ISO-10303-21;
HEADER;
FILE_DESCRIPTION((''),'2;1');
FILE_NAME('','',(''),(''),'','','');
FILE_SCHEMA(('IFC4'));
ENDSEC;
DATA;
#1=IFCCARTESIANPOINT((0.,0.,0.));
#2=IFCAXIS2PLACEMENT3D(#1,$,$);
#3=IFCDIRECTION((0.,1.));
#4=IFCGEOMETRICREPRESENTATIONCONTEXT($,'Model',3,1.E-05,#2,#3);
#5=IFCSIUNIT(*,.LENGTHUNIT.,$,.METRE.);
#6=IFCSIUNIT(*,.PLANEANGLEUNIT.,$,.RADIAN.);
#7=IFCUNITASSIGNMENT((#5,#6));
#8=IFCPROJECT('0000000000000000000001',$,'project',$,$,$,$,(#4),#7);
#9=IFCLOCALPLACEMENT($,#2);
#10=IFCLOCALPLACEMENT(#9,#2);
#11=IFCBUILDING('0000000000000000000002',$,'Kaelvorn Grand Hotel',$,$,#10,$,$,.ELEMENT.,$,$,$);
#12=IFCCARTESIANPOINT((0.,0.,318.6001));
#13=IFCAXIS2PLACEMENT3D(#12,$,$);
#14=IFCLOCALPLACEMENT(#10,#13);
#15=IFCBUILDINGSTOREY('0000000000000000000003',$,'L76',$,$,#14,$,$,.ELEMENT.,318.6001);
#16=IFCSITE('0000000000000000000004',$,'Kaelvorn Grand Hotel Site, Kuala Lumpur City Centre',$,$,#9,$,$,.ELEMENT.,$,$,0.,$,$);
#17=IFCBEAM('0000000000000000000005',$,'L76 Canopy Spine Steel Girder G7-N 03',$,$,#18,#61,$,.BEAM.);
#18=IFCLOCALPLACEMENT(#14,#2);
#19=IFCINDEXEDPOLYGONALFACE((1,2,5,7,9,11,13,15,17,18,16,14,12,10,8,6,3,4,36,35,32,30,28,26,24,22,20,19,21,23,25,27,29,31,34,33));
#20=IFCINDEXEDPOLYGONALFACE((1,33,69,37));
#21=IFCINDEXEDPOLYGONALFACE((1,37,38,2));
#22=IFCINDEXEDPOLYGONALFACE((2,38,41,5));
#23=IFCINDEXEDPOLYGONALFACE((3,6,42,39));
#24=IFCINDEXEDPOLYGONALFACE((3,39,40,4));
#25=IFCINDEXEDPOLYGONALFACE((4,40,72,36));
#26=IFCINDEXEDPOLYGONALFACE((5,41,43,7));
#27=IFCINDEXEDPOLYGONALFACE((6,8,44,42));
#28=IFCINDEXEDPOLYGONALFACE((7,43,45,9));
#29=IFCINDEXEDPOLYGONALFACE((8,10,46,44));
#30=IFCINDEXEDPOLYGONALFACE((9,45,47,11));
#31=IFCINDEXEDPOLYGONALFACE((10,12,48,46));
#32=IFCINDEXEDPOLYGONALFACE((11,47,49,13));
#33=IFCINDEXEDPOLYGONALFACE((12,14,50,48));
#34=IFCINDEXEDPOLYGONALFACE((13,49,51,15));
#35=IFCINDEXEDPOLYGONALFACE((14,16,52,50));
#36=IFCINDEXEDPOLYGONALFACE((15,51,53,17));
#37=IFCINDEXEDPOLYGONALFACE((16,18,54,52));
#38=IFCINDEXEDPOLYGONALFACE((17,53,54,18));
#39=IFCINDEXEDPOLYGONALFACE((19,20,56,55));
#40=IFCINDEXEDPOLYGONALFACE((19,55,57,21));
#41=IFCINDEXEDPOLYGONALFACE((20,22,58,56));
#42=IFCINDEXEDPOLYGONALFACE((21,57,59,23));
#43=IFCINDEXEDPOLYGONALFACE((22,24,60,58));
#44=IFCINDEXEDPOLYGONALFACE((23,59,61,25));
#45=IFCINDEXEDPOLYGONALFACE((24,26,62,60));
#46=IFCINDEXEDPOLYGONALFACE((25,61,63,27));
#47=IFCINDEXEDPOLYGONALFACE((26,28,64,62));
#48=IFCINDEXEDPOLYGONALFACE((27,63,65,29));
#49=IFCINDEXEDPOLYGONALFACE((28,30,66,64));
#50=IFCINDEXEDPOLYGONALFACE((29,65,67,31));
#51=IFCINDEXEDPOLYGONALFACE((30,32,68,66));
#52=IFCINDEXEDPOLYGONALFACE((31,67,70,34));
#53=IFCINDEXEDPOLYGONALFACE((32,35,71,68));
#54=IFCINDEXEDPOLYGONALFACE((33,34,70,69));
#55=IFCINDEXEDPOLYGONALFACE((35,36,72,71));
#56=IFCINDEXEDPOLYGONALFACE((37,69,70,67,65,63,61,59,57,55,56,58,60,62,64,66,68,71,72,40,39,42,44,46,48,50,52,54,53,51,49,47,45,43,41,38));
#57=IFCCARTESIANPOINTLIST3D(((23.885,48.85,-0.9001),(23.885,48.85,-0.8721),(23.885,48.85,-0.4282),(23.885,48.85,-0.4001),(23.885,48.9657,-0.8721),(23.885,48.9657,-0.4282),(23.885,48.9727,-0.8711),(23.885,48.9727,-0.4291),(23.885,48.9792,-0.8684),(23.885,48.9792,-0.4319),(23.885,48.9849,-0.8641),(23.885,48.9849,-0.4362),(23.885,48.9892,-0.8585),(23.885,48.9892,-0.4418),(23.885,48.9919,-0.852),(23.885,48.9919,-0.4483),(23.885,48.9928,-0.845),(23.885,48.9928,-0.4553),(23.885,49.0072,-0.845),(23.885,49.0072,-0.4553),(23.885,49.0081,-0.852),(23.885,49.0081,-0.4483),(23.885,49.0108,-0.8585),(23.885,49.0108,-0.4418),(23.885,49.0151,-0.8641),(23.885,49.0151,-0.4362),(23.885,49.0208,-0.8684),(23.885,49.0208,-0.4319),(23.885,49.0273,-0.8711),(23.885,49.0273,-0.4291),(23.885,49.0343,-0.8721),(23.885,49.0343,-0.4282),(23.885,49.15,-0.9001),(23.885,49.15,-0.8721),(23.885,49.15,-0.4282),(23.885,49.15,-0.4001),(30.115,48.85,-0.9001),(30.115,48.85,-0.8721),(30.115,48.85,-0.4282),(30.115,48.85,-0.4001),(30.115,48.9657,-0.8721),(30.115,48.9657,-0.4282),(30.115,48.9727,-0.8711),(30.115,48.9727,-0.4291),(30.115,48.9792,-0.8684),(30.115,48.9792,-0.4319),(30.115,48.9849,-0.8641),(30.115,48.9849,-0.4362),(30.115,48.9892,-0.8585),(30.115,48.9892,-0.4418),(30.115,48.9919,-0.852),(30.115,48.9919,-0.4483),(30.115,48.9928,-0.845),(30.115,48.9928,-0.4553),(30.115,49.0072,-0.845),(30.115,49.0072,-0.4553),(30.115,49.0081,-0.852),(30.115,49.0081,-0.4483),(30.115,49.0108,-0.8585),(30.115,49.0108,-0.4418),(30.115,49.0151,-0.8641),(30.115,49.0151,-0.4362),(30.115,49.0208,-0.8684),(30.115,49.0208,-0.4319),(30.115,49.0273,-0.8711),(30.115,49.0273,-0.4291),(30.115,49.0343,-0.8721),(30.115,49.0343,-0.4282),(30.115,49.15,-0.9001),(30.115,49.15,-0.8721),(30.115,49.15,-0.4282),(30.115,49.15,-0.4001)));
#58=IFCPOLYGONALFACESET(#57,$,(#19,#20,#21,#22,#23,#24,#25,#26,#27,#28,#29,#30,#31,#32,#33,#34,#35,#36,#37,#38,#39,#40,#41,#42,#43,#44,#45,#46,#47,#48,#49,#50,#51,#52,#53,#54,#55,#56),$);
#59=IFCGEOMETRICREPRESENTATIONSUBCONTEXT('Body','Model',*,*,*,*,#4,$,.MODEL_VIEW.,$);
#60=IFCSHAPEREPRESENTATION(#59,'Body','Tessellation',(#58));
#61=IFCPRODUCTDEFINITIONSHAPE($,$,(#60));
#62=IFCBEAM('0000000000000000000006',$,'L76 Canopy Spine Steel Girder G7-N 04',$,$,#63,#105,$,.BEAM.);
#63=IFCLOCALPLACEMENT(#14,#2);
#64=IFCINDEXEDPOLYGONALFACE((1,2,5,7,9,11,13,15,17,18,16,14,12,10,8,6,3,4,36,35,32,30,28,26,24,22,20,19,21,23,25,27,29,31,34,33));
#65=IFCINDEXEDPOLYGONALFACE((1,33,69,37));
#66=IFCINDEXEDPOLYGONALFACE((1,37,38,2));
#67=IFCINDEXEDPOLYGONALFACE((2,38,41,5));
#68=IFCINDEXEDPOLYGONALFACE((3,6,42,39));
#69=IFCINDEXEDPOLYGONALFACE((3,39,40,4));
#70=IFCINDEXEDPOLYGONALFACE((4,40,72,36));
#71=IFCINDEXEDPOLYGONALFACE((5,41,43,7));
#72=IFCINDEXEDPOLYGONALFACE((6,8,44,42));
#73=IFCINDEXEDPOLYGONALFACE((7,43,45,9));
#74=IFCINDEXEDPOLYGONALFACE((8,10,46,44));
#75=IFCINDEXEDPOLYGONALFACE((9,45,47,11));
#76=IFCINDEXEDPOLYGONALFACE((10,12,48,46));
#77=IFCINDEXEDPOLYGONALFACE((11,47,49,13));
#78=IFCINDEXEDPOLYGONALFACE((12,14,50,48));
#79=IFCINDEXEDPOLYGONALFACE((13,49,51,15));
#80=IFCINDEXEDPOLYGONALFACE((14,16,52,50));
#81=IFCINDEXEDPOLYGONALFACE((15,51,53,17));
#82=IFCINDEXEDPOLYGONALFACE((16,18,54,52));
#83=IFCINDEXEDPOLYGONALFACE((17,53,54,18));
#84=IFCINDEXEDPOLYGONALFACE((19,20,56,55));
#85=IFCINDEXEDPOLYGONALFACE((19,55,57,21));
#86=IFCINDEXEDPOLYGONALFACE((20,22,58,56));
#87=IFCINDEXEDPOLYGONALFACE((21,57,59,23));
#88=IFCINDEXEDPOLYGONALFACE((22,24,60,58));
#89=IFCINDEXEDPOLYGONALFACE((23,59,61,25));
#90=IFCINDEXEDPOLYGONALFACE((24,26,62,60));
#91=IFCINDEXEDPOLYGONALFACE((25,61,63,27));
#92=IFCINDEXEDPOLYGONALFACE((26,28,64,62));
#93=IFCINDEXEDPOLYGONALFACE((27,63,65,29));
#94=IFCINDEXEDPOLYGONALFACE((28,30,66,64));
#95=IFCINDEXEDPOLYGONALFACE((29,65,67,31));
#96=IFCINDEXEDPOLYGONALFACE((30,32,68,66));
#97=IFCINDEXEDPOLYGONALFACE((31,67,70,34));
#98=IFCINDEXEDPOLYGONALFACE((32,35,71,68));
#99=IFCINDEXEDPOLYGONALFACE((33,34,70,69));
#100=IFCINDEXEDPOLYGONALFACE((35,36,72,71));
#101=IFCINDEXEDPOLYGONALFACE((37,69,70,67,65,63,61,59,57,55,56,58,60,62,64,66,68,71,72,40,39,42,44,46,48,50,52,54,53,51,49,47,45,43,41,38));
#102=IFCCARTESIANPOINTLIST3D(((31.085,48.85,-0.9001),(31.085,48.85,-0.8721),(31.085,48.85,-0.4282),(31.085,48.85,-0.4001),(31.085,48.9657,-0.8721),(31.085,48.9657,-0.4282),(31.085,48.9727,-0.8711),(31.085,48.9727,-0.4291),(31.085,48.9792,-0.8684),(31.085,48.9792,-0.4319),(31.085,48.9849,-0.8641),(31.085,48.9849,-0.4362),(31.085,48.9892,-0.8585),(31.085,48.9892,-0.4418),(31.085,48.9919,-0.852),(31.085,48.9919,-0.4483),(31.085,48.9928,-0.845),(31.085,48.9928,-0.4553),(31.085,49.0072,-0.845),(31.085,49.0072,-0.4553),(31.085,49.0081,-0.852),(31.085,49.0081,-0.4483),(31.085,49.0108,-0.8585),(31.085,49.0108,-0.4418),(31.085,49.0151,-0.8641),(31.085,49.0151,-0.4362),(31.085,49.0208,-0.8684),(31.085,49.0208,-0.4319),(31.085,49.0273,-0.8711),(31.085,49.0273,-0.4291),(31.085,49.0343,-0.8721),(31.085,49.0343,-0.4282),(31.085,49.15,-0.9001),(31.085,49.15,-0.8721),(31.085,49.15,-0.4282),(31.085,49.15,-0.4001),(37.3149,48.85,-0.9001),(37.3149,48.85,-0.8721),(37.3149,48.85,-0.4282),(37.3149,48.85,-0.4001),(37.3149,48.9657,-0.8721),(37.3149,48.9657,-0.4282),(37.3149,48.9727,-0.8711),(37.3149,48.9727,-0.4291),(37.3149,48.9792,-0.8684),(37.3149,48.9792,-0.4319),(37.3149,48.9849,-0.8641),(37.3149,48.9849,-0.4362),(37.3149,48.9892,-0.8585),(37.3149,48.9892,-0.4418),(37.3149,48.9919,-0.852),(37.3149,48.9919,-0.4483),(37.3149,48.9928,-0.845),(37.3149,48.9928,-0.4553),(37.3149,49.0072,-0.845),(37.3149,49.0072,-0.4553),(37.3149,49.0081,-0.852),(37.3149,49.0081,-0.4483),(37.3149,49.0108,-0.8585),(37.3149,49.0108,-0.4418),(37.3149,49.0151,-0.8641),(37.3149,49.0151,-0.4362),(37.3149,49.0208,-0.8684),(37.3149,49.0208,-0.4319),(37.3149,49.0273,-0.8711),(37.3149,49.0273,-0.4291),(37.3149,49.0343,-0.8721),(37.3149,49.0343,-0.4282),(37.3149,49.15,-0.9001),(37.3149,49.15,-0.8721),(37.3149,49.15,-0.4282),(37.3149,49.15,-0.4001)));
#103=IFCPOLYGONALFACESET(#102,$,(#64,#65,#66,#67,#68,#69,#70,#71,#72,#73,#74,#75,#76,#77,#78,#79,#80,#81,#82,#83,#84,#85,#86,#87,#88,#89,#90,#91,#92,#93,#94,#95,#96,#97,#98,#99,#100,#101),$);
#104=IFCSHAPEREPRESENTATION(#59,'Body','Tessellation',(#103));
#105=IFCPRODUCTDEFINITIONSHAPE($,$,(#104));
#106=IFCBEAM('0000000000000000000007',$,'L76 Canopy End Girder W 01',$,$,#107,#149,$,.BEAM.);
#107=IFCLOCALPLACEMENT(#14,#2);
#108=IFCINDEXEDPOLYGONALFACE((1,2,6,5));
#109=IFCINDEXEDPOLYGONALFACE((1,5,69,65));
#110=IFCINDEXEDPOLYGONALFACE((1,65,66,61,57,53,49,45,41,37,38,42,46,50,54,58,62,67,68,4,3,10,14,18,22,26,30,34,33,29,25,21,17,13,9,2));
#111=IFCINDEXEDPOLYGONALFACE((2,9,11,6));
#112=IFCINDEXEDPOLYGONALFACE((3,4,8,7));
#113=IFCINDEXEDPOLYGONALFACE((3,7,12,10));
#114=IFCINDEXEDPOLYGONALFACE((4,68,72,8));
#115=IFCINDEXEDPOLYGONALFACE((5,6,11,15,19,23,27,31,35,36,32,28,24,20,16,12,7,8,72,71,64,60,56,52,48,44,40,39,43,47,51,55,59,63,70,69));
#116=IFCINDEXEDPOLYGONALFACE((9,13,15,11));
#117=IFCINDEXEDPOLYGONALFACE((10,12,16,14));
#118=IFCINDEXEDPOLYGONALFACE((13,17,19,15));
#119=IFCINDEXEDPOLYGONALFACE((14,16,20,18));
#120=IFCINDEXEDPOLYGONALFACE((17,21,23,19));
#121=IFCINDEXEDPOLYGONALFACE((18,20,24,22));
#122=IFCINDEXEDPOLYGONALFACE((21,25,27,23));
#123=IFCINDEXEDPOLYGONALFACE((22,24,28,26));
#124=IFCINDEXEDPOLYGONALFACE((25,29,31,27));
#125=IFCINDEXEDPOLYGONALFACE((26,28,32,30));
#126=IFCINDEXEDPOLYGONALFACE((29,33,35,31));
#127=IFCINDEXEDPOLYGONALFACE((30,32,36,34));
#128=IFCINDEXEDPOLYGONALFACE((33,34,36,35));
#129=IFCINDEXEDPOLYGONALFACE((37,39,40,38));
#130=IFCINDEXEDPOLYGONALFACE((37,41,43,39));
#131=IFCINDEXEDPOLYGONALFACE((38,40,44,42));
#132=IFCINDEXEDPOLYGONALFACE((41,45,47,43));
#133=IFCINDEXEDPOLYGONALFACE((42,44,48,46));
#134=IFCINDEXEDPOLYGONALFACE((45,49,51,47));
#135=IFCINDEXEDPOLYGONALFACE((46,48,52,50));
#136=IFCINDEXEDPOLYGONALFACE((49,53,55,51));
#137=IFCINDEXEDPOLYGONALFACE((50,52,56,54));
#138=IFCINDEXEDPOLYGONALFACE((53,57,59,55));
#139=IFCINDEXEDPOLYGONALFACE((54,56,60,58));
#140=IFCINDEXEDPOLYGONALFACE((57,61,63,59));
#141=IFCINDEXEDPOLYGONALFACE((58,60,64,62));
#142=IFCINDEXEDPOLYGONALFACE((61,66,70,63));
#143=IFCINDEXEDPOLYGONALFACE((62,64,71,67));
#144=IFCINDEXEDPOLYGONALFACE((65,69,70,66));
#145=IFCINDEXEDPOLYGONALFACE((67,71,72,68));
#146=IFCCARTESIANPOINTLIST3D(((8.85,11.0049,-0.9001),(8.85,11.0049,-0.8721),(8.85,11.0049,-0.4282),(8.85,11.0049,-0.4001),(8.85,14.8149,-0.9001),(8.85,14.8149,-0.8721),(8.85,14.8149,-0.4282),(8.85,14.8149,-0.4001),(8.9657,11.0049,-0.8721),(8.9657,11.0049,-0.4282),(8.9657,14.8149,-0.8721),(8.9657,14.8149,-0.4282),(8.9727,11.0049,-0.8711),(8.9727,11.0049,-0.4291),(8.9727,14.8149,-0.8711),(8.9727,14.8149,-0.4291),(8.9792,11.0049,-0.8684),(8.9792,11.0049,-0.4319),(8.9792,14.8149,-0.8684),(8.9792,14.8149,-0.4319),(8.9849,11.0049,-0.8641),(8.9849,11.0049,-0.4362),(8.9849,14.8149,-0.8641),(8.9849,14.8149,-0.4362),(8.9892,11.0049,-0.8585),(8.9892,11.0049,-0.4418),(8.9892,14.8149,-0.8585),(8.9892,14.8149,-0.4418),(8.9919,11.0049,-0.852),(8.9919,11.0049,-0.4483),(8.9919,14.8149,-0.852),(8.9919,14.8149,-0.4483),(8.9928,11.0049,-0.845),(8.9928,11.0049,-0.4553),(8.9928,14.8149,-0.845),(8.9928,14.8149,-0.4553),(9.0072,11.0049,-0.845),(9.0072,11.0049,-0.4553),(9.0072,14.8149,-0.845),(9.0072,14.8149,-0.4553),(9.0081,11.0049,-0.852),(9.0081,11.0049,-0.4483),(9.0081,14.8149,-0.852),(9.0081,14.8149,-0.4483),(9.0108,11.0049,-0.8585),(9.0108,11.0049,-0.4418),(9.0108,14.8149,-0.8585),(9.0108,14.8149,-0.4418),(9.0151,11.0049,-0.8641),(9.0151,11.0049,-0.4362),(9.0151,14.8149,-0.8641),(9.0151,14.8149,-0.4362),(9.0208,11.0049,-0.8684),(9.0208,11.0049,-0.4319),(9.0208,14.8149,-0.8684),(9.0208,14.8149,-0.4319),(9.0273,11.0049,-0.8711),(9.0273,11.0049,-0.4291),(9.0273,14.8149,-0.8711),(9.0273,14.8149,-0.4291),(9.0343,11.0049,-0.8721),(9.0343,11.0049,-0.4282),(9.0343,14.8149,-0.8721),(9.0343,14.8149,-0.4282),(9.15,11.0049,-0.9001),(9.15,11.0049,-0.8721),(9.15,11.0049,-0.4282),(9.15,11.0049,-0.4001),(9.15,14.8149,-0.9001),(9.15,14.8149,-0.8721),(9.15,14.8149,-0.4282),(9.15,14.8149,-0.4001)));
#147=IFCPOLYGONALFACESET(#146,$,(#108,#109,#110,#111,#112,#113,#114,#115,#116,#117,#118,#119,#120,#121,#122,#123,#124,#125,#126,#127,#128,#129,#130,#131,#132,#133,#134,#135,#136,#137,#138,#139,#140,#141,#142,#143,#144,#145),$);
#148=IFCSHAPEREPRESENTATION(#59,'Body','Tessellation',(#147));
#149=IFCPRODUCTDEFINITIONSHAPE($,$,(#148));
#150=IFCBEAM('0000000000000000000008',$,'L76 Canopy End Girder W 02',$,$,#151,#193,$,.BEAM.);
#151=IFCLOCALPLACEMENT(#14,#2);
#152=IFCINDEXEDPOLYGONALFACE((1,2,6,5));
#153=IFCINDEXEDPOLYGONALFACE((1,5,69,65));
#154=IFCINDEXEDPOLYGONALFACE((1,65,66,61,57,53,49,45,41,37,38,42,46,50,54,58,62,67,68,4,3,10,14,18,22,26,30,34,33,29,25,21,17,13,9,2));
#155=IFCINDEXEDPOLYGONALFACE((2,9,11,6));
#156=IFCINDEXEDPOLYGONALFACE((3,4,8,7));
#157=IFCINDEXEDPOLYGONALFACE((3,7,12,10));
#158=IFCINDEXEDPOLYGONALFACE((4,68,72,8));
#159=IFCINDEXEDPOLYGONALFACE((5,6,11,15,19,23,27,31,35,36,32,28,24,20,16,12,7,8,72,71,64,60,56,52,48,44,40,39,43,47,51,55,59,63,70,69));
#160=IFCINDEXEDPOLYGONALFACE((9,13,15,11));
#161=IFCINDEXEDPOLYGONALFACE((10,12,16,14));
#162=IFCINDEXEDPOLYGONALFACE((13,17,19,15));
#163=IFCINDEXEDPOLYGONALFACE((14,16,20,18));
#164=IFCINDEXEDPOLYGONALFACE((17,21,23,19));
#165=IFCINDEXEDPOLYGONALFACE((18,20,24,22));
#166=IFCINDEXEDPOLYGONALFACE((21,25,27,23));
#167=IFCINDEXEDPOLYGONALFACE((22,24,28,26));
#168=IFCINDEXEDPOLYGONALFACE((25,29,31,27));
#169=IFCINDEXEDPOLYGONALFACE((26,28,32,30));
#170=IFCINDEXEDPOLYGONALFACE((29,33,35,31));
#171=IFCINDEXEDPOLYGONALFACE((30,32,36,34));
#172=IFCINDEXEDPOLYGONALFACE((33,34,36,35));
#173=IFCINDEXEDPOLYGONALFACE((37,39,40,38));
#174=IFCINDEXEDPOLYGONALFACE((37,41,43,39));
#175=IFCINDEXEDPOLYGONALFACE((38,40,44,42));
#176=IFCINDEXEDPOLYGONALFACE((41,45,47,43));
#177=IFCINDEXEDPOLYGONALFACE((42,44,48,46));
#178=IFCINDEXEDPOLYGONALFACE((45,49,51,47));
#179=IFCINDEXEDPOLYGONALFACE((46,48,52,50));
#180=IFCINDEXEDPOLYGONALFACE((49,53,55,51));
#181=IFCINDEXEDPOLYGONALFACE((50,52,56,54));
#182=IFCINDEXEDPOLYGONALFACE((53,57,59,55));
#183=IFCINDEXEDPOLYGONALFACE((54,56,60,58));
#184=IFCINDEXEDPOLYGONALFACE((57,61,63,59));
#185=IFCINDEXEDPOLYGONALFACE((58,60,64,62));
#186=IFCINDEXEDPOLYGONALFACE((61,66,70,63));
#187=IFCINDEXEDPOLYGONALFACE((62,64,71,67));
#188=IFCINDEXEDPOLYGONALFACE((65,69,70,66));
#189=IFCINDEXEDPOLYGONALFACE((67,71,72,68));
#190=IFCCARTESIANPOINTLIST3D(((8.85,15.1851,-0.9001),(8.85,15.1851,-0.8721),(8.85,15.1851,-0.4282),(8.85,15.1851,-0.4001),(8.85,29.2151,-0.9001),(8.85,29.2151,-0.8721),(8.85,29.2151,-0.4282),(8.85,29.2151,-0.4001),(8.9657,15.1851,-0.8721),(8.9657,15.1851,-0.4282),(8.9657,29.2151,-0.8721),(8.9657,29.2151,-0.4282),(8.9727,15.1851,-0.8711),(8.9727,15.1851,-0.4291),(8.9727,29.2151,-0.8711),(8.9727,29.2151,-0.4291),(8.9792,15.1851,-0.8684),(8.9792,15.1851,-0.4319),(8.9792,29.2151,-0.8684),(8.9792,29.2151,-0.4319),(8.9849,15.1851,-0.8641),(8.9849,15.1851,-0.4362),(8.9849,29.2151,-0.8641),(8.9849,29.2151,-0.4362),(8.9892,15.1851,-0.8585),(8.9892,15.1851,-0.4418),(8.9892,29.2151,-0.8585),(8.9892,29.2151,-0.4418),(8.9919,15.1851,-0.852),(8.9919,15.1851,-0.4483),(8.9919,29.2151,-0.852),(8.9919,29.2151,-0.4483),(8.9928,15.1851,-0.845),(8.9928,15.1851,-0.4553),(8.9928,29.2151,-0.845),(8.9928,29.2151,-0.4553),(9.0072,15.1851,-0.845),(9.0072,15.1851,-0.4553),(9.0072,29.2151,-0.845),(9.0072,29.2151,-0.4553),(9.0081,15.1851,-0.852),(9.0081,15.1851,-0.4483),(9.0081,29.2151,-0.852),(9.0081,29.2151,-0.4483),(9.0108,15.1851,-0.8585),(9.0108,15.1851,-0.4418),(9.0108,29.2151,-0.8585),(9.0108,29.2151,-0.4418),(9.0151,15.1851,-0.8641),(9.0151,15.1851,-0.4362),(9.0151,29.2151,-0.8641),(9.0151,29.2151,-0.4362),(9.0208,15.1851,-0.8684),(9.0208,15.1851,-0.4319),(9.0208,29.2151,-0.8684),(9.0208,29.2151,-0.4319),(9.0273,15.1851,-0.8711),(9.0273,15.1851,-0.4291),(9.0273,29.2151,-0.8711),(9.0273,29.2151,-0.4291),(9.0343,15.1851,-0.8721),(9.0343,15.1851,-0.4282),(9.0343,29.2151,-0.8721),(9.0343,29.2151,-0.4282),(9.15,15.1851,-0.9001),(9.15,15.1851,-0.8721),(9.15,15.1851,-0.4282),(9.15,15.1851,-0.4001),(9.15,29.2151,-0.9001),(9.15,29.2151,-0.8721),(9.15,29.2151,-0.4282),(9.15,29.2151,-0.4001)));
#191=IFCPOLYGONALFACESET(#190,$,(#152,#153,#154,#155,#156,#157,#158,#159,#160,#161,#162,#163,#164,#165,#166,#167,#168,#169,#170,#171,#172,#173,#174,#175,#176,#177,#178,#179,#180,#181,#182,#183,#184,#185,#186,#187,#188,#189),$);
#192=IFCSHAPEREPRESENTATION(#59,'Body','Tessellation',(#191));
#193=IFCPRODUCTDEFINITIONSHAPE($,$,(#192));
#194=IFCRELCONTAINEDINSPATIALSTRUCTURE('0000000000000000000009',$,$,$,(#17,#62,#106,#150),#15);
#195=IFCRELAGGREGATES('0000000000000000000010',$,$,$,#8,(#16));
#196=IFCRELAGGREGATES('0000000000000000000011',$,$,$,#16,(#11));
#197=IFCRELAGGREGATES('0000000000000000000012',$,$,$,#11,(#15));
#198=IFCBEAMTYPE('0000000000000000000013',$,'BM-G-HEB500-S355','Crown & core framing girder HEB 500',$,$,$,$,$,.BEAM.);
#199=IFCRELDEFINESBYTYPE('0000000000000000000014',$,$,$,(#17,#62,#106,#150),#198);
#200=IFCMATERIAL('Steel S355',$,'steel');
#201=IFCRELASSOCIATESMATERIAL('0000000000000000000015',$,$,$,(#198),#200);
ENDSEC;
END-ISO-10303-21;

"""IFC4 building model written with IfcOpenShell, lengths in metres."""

from ifc_helpers import new_model, si_unit, direction, frame, origin, origin_2d, place, context, subcontext, project, spatial, i_section, extrude, material, material_profile, profile_set, type_object, element, save


model = new_model("IFC4")

# Units and contexts
model_context = context("Model", 3, precision=1e-05, world=origin(), true_north=direction((0.0, 1.0)))
body_context = subcontext(model_context, "Body", "Model", "MODEL_VIEW")
ifc_project = project(units=[si_unit("LENGTHUNIT", "METRE"), si_unit("PLANEANGLEUNIT", "RADIAN")], contexts=[model_context])

# Site, building, storey
site_placement = place(None, origin())
site = spatial("IfcSite", under=ifc_project, at=site_placement, Name="Kaelvorn Grand Hotel Site, Kuala Lumpur City Centre", CompositionType="ELEMENT", RefElevation=0.0)
building_placement = place(site_placement, origin())
building = spatial("IfcBuilding", under=site, at=building_placement, Name="Kaelvorn Grand Hotel", CompositionType="ELEMENT")
storey_placement = place(building_placement, frame((0.0, 0.0, 318.6001)))
storey = spatial("IfcBuildingStorey", under=building, at=storey_placement, Name="L76", CompositionType="ELEMENT", Elevation=318.6001)

# Beams
ifc_material_1 = material(Name="Steel S355", Category="steel")
ifc_material_profile_1 = material_profile(ifc_material_1, i_section(OverallWidth=0.3, OverallDepth=0.5, WebThickness=0.0144, FlangeThickness=0.0281, FilletRadius=0.0271, at=origin_2d()), Name="HEB 500")
ifc_profile_set_1 = profile_set([ifc_material_profile_1], Name="Steel S355")
beam_type = type_object("IfcBeamType", Name="BM-G-HEB500-S355", Description="Crown & core framing girder HEB 500", PredefinedType="BEAM", material=ifc_profile_set_1)
for number, where, z_axis, x_axis, name in (
    (1, (23.885, 49.0, -0.6501), (1.0, 0.0, 0.0), (0.0, 1.0, 0.0), "L76 Canopy Spine Steel Girder G7-N 03"),
    (2, (31.085, 49.0, -0.6501), (1.0, 0.0, 0.0), (0.0, 1.0, 0.0), "L76 Canopy Spine Steel Girder G7-N 04"),
):
    element("IfcBeam", number, at=place(storey_placement, frame(where, z_axis=z_axis, x_axis=x_axis)), inside=storey, type_object=beam_type, Name=name, PredefinedType="BEAM", context=body_context, shape_type="SweptSolid", body=[
        extrude(i_section(OverallWidth=0.3, OverallDepth=0.5, WebThickness=0.0144, FlangeThickness=0.0281, FilletRadius=0.0271, at=origin_2d()), origin(), (0.0, 0.0, 1.0), 6.23),
    ])
beam_1_placement = place(storey_placement, frame((9.0, 11.0049, -0.6501), z_axis=(0.0, 1.0, 0.0), x_axis=(-1.0, 0.0, 0.0)))
element("IfcBeam", 3, at=beam_1_placement, inside=storey, type_object=beam_type, Name="L76 Canopy End Girder W 01", PredefinedType="BEAM", context=body_context, shape_type="SweptSolid", body=[
    extrude(i_section(OverallWidth=0.3, OverallDepth=0.5, WebThickness=0.0144, FlangeThickness=0.0281, FilletRadius=0.0271, at=origin_2d()), origin(), (0.0, 0.0, 1.0), 3.8101),
])
beam_2_placement = place(storey_placement, frame((9.0, 15.1851, -0.6501), z_axis=(0.0, 1.0, 0.0), x_axis=(-1.0, 0.0, 0.0)))
element("IfcBeam", 4, at=beam_2_placement, inside=storey, type_object=beam_type, Name="L76 Canopy End Girder W 02", PredefinedType="BEAM", context=body_context, shape_type="SweptSolid", body=[
    extrude(i_section(OverallWidth=0.3, OverallDepth=0.5, WebThickness=0.0144, FlangeThickness=0.0281, FilletRadius=0.0271, at=origin_2d()), origin(), (0.0, 0.0, 1.0), 14.03),
])

save(model, "model.ifc")
